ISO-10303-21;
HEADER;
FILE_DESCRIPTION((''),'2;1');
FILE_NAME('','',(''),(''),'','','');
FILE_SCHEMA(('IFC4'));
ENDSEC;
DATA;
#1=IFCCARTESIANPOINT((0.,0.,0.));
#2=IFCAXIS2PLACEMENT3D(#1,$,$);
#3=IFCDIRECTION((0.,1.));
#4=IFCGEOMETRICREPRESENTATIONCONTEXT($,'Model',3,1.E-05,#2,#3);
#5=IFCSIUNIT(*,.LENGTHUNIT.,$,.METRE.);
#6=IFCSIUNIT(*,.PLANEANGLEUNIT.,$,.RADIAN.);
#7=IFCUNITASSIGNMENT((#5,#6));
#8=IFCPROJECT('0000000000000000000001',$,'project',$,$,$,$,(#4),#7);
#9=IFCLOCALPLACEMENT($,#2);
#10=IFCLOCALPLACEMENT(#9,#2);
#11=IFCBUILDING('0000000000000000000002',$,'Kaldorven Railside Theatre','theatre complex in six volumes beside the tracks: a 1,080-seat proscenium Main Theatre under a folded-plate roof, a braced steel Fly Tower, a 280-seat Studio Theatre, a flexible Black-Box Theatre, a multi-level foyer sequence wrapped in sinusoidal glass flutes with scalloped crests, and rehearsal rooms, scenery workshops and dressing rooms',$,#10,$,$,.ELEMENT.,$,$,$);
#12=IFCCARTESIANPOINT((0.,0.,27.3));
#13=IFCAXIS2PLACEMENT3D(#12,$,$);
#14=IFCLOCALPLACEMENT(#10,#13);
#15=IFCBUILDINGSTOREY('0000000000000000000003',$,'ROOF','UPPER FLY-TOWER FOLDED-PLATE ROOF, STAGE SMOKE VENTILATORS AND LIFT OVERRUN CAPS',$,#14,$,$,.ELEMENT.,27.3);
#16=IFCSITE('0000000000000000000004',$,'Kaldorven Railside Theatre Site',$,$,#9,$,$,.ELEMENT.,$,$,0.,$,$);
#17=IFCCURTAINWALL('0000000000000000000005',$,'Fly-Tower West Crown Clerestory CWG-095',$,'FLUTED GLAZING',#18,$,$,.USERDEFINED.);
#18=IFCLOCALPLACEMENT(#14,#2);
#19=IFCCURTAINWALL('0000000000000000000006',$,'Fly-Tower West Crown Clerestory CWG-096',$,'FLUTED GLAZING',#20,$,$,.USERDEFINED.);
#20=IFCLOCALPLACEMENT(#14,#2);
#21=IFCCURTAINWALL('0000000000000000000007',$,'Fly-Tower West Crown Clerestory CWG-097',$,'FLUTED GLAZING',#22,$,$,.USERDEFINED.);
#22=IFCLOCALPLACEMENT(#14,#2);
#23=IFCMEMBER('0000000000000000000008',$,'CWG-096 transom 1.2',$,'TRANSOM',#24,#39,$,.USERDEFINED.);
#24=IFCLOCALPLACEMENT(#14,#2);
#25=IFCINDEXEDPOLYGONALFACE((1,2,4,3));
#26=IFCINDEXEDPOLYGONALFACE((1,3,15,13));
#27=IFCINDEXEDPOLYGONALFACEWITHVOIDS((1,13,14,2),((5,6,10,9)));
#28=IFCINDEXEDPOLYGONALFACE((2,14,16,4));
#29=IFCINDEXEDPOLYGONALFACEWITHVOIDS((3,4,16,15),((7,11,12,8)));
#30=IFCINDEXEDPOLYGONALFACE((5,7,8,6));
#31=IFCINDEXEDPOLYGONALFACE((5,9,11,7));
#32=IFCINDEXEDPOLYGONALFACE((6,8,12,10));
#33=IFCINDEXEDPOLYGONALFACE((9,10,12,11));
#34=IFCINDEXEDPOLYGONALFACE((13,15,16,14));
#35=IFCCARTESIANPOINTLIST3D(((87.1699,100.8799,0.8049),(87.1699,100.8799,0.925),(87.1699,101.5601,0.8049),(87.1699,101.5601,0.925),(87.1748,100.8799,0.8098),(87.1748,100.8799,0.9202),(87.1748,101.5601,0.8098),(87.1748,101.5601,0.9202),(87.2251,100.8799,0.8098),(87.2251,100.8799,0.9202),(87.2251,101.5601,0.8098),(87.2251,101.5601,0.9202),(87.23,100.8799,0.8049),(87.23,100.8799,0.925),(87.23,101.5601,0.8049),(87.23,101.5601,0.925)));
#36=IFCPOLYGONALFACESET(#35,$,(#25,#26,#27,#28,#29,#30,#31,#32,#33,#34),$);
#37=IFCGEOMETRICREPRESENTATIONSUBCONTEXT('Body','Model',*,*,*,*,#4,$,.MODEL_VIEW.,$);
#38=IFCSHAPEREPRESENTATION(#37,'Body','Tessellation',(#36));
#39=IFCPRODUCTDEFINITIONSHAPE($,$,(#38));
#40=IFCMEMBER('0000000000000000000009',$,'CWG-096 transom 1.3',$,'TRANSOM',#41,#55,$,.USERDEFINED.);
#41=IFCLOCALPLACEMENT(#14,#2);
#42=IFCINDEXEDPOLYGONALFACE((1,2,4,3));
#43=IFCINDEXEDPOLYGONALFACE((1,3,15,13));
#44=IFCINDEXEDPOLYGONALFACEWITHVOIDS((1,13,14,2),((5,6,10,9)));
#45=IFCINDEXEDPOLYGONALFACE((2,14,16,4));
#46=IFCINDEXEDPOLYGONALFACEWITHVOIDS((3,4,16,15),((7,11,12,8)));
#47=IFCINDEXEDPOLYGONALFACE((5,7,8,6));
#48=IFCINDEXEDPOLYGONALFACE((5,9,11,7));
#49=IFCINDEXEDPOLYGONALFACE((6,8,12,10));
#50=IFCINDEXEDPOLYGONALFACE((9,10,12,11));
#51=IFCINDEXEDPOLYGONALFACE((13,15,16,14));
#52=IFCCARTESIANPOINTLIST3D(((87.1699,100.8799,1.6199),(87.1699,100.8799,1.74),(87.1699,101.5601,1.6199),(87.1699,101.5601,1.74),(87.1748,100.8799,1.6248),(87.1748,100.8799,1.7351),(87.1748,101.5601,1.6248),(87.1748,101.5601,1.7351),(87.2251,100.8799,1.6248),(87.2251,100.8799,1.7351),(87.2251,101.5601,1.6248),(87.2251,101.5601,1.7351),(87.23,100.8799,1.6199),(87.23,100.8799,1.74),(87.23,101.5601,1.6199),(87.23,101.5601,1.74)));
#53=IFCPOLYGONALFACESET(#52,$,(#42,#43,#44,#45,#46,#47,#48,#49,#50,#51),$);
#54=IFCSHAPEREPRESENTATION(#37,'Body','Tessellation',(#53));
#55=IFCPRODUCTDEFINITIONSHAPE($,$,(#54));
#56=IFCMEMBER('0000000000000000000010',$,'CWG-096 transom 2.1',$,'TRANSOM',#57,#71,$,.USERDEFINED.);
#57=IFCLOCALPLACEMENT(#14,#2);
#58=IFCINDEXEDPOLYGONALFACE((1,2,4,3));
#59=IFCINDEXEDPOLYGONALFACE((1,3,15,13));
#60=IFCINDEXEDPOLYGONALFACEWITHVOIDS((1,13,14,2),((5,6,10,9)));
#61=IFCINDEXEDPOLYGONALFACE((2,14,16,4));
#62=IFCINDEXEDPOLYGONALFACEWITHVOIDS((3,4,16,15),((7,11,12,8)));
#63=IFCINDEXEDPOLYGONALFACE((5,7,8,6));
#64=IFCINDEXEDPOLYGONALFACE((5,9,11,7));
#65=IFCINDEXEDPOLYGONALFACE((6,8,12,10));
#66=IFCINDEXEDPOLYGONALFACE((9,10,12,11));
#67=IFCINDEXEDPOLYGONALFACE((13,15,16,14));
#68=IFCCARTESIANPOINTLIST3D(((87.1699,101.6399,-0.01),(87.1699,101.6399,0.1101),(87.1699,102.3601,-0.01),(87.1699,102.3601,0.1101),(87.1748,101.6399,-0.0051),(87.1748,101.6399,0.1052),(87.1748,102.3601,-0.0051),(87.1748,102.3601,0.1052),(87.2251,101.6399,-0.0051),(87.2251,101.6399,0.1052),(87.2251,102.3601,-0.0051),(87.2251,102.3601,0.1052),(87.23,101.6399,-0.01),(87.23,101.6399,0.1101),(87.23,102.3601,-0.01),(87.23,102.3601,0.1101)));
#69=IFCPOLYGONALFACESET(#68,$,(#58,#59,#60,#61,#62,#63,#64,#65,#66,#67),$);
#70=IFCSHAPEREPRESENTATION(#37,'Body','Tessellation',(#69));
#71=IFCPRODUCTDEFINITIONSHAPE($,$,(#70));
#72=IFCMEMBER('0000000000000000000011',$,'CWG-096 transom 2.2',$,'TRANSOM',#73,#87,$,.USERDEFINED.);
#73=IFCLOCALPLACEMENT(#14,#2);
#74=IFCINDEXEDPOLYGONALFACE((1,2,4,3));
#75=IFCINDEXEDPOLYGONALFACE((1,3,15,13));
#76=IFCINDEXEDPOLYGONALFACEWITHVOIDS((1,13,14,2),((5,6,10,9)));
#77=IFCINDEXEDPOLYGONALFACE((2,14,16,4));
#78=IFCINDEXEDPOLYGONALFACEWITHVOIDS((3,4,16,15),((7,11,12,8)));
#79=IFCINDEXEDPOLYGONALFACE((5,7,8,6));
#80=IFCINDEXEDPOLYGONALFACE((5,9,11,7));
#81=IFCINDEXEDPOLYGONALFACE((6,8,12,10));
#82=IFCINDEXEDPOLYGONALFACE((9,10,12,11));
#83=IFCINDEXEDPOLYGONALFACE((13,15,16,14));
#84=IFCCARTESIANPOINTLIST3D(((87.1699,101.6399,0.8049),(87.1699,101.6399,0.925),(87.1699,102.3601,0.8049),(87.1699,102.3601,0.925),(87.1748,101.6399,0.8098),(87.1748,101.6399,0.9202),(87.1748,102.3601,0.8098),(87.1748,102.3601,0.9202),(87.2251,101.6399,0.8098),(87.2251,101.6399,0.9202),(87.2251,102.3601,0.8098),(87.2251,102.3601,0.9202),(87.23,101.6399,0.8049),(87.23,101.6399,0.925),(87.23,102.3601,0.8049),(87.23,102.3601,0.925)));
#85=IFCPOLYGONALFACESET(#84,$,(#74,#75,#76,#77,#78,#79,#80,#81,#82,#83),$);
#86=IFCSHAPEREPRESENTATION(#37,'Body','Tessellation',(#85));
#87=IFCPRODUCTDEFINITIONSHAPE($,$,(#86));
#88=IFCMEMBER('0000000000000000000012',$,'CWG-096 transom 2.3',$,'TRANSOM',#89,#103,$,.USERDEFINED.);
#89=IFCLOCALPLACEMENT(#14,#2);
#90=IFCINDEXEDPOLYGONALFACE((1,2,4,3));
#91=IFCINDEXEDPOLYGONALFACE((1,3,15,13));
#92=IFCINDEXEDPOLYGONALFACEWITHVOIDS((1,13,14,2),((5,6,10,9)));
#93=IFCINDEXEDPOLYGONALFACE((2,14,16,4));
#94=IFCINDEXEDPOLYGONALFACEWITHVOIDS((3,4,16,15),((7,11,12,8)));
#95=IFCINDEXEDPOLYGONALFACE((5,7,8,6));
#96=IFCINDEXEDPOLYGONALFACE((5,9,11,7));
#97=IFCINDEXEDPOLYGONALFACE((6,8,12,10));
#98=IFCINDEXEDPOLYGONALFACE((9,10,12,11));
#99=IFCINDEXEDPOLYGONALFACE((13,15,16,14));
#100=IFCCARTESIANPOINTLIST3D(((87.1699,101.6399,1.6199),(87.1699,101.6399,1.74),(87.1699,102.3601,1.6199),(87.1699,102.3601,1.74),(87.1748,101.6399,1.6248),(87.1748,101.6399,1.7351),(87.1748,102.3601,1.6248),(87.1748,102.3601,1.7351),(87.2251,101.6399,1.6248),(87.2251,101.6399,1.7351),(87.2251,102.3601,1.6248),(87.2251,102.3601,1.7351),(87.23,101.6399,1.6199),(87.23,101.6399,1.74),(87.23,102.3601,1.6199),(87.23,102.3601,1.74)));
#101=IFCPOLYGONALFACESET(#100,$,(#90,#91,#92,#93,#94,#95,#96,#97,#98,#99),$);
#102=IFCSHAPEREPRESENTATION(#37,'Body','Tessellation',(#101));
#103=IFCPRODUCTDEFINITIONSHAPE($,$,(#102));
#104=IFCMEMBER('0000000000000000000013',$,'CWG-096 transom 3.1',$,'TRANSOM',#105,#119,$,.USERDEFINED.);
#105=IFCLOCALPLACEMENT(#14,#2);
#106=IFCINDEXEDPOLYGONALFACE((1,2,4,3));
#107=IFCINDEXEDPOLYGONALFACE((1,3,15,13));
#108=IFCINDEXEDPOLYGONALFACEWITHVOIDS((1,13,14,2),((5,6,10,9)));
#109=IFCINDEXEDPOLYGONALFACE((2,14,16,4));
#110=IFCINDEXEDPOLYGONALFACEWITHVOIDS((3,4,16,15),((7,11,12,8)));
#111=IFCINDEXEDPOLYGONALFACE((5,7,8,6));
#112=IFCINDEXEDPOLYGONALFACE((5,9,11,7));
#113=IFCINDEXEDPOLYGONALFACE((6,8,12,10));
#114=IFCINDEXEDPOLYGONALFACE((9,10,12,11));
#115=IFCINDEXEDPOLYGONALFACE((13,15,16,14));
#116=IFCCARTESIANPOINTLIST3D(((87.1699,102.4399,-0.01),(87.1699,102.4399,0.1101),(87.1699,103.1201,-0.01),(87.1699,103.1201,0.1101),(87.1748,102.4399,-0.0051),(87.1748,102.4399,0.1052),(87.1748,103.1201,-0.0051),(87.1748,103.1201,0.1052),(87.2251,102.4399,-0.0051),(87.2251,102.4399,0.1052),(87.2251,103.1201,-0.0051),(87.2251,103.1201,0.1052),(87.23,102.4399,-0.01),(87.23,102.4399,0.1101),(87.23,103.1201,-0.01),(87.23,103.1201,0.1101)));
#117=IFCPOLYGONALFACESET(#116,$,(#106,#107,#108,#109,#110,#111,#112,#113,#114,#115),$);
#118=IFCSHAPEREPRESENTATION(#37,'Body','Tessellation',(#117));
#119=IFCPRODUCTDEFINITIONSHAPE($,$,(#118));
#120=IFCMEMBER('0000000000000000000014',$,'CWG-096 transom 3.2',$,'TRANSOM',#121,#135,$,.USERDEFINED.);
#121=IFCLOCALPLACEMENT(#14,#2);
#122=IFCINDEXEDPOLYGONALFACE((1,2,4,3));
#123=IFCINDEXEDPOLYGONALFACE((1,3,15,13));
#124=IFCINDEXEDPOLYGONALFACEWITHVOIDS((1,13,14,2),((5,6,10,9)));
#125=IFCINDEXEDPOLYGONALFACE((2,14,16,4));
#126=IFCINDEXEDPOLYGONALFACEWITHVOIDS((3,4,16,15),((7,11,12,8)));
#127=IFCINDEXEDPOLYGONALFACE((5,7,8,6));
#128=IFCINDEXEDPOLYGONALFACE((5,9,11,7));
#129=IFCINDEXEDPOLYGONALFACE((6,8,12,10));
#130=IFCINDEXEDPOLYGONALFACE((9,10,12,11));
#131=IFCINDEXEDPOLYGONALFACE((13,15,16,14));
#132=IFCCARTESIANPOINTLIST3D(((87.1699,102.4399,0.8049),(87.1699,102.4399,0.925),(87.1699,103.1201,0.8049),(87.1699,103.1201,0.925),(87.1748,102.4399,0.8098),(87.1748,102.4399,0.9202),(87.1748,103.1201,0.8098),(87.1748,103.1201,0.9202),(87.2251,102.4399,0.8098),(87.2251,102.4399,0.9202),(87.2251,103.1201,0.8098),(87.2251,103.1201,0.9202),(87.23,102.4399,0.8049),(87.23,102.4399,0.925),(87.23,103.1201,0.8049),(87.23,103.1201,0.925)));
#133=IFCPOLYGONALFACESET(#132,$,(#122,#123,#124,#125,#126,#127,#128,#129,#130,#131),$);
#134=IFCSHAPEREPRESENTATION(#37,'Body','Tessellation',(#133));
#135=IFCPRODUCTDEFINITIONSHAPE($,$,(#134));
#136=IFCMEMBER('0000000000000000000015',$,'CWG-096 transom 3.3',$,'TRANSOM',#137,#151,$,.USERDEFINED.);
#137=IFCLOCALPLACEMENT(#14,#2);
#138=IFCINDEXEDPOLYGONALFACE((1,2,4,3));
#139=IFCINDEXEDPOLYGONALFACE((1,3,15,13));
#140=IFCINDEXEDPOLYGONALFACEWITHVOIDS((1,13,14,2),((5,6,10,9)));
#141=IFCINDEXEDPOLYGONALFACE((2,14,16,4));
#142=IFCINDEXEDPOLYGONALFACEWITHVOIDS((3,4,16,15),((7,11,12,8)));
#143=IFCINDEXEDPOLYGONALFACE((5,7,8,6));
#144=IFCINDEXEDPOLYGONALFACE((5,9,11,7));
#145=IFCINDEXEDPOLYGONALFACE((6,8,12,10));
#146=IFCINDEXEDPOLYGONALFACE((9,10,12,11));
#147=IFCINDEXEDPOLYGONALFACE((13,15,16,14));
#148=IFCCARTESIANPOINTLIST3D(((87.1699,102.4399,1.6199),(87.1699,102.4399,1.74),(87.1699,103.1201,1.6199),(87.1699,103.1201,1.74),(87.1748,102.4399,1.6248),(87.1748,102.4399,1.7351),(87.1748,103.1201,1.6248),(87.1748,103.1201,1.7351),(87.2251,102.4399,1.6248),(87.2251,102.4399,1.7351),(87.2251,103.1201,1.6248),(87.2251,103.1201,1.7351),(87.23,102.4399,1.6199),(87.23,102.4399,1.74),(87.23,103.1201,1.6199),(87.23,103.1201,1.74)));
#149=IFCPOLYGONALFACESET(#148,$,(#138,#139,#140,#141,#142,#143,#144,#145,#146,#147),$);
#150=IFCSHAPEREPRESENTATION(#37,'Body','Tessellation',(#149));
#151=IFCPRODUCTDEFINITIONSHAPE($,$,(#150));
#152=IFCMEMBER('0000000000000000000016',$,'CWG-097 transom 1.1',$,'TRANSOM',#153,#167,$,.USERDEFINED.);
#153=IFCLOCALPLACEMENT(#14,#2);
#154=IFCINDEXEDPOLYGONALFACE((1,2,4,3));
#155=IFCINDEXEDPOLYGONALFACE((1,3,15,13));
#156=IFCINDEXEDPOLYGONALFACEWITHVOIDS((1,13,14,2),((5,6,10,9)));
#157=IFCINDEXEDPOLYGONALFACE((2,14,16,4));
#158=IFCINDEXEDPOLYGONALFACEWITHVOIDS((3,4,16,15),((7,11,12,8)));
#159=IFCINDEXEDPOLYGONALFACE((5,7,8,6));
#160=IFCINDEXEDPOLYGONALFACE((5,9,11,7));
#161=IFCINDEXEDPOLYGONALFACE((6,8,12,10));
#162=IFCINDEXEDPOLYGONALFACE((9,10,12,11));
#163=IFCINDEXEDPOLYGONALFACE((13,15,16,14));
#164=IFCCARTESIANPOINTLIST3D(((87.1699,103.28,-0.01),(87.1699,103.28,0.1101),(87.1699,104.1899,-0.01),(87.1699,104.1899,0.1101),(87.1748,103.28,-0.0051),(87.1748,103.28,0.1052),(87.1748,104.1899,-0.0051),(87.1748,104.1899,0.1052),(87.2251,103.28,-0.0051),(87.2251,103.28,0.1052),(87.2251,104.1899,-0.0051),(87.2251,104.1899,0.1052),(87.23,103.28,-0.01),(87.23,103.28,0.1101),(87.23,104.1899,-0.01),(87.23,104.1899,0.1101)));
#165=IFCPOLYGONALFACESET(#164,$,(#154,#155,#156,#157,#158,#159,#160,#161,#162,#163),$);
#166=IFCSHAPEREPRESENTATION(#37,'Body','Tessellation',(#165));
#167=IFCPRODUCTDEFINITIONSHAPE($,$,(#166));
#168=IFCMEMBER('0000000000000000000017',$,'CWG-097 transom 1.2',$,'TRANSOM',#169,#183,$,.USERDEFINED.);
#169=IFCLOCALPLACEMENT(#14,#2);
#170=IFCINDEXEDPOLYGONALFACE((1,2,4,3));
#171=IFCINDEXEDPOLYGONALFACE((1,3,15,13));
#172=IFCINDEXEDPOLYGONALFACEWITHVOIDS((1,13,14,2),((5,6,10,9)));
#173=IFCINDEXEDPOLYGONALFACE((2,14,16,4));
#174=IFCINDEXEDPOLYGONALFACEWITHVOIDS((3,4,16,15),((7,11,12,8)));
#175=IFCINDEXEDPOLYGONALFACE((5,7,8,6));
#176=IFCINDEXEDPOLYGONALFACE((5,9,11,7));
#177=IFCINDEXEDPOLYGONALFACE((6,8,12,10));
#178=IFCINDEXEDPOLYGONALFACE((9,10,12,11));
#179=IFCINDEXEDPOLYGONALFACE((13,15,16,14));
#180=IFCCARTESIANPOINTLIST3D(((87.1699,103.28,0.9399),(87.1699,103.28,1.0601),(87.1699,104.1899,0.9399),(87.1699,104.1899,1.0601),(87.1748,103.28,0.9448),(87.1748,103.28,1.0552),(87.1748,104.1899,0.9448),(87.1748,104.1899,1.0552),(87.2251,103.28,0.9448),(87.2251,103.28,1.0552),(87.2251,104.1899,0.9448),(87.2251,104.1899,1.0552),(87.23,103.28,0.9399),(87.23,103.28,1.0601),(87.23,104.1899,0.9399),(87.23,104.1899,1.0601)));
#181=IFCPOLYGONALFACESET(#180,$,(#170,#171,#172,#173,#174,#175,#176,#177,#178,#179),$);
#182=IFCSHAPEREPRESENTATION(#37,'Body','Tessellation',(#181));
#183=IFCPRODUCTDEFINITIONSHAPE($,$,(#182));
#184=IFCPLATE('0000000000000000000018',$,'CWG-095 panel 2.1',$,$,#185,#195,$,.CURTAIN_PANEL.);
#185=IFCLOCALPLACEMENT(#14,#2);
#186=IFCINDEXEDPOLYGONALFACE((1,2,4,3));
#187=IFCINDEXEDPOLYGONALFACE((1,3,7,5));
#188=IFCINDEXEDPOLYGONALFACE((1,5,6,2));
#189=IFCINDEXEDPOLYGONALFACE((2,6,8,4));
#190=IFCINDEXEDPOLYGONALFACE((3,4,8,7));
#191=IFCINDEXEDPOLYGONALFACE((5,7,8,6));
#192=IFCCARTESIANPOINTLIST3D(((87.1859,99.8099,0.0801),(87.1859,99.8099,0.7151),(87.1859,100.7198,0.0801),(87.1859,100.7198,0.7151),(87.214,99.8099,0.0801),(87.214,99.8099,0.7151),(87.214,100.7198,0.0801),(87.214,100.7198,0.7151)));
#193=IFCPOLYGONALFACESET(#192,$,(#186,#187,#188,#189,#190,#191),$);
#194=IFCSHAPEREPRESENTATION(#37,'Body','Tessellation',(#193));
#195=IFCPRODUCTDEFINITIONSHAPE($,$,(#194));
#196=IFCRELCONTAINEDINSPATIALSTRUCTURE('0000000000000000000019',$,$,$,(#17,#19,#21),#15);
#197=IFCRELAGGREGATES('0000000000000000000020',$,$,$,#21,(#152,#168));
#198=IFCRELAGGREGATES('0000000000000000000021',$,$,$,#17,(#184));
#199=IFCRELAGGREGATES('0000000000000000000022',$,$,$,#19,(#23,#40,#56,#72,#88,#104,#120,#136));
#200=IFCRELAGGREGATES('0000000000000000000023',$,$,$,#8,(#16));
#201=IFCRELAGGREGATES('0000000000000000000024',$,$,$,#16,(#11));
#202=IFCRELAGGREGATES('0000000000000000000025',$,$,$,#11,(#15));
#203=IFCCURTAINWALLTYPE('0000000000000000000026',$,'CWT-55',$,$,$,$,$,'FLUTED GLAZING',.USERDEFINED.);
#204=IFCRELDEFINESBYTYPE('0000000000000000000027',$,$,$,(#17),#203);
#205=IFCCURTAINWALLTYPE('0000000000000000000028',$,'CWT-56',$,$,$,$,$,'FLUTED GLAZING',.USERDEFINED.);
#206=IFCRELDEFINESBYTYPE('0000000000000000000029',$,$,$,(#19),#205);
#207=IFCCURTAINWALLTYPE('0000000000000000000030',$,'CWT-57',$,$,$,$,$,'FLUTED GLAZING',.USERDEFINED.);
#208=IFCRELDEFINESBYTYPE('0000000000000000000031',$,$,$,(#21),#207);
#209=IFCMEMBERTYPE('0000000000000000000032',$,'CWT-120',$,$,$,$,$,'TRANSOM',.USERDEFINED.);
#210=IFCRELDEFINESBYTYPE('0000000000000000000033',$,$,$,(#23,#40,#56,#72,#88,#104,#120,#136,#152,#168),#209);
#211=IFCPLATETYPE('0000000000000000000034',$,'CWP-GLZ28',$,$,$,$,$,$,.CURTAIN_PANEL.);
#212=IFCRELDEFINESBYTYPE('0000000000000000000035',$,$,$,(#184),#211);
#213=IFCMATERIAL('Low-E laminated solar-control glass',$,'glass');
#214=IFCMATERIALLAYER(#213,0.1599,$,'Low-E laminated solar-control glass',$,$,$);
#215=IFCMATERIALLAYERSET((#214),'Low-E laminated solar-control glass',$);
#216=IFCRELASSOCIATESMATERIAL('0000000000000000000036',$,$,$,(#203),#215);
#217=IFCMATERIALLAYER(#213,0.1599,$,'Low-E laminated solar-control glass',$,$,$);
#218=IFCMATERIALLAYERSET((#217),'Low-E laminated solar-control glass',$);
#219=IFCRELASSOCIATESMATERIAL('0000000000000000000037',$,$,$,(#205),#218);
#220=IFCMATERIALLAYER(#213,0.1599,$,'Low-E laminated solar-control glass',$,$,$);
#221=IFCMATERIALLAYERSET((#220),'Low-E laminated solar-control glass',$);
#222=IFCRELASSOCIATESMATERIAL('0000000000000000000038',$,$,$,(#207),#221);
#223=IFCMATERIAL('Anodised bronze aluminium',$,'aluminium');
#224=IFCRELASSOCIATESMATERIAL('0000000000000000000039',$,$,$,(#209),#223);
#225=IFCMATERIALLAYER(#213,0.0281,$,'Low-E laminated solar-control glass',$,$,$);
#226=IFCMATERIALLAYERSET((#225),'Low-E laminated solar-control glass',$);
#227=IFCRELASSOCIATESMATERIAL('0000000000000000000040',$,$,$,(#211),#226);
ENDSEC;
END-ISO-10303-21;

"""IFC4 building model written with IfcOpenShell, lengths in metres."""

from ifc_helpers import new_model, si_unit, direction, frame, origin, origin_2d, place, context, subcontext, project, spatial, rectangle, hollow_rectangle, extrude, material, layer, layer_set, material_profile, profile_set, type_object, element, aggregate, save


model = new_model("IFC4")

# Units and contexts
model_context = context("Model", 3, precision=1e-05, world=origin(), true_north=direction((0.0, 1.0)))
body_context = subcontext(model_context, "Body", "Model", "MODEL_VIEW")
ifc_project = project(units=[si_unit("LENGTHUNIT", "METRE"), si_unit("PLANEANGLEUNIT", "RADIAN")], contexts=[model_context])

# Site, building, storey
site_placement = place(None, origin())
site = spatial("IfcSite", under=ifc_project, at=site_placement, Name="Kaldorven Railside Theatre Site", CompositionType="ELEMENT", RefElevation=0.0)
building_placement = place(site_placement, origin())
building = spatial("IfcBuilding", under=site, at=building_placement, Name="Kaldorven Railside Theatre", Description="theatre complex in six volumes beside the tracks: a 1,080-seat proscenium Main Theatre under a folded-plate roof, a braced steel Fly Tower, a 280-seat Studio Theatre, a flexible Black-Box Theatre, a multi-level foyer sequence wrapped in sinusoidal glass flutes with scalloped crests, and rehearsal rooms, scenery workshops and dressing rooms", CompositionType="ELEMENT")
storey_placement = place(building_placement, frame((0.0, 0.0, 27.3)))
storey = spatial("IfcBuildingStorey", under=building, at=storey_placement, Name="ROOF", Description="UPPER FLY-TOWER FOLDED-PLATE ROOF, STAGE SMOKE VENTILATORS AND LIFT OVERRUN CAPS", CompositionType="ELEMENT", Elevation=27.3)

# Curtain walls
ifc_material_1 = material(Name="Low-E laminated solar-control glass", Category="glass")
ifc_layer_1 = layer(ifc_material_1, 0.1599, Name="Low-E laminated solar-control glass")
ifc_layer_set_1 = layer_set([ifc_layer_1], Name="Low-E laminated solar-control glass")
curtain_wall_type_1 = type_object("IfcCurtainWallType", Name="CWT-55", ElementType="FLUTED GLAZING", PredefinedType="USERDEFINED", material=ifc_layer_set_1)
curtain_wall_1_placement = place(storey_placement, origin())
curtain_wall_1 = element("IfcCurtainWall", 1, at=curtain_wall_1_placement, inside=storey, type_object=curtain_wall_type_1, Name="Fly-Tower West Crown Clerestory CWG-095", ObjectType="FLUTED GLAZING", PredefinedType="USERDEFINED")
ifc_material_2 = material(Name="Anodised bronze aluminium", Category="aluminium")
ifc_layer_2 = layer(ifc_material_1, 0.1599, Name="Low-E laminated solar-control glass")
ifc_layer_set_2 = layer_set([ifc_layer_2], Name="Low-E laminated solar-control glass")
curtain_wall_type_2 = type_object("IfcCurtainWallType", Name="CWT-56", ElementType="FLUTED GLAZING", PredefinedType="USERDEFINED", material=ifc_layer_set_2)
curtain_wall_2_placement = place(storey_placement, origin())
curtain_wall_2 = element("IfcCurtainWall", 2, at=curtain_wall_2_placement, inside=storey, type_object=curtain_wall_type_2, Name="Fly-Tower West Crown Clerestory CWG-096", ObjectType="FLUTED GLAZING", PredefinedType="USERDEFINED")

# Curtain wall
ifc_layer_3 = layer(ifc_material_1, 0.1599, Name="Low-E laminated solar-control glass")
ifc_layer_set_3 = layer_set([ifc_layer_3], Name="Low-E laminated solar-control glass")
curtain_wall_type_3 = type_object("IfcCurtainWallType", Name="CWT-57", ElementType="FLUTED GLAZING", PredefinedType="USERDEFINED", material=ifc_layer_set_3)
curtain_wall_3_placement = place(storey_placement, origin())
curtain_wall_3 = element("IfcCurtainWall", 3, at=curtain_wall_3_placement, inside=storey, type_object=curtain_wall_type_3, Name="Fly-Tower West Crown Clerestory CWG-097", ObjectType="FLUTED GLAZING", PredefinedType="USERDEFINED")

# Members
ifc_material_profile_1 = material_profile(ifc_material_2, hollow_rectangle(XDim=0.0601, YDim=0.1201, WallThickness=0.0049, at=origin_2d()), Name="RHS 120x60x5")
ifc_profile_set_1 = profile_set([ifc_material_profile_1], Name="Anodised bronze aluminium")
member_type_1 = type_object("IfcMemberType", Name="CWT-120", ElementType="TRANSOM", PredefinedType="USERDEFINED", material=ifc_profile_set_1)
member_1_placement = place(storey_placement, frame((87.2, 100.8799, 0.865), z_axis=(0.0, 1.0, 0.0), x_axis=(-1.0, 0.0, 0.0)))
member_1 = element("IfcMember", 4, at=member_1_placement, type_object=member_type_1, Name="CWG-096 transom 1.2", ObjectType="TRANSOM", PredefinedType="USERDEFINED", context=body_context, shape_type="SweptSolid", body=[
    extrude(hollow_rectangle(XDim=0.0601, YDim=0.1201, WallThickness=0.0049, at=origin_2d()), origin(), (0.0, 0.0, 1.0), 0.6802),
])
member_2_placement = place(storey_placement, frame((87.2, 100.8799, 1.6799), z_axis=(0.0, 1.0, 0.0), x_axis=(-1.0, 0.0, 0.0)))
member_2 = element("IfcMember", 5, at=member_2_placement, type_object=member_type_1, Name="CWG-096 transom 1.3", ObjectType="TRANSOM", PredefinedType="USERDEFINED", context=body_context, shape_type="SweptSolid", body=[
    extrude(hollow_rectangle(XDim=0.0601, YDim=0.1201, WallThickness=0.0049, at=origin_2d()), origin(), (0.0, 0.0, 1.0), 0.6802),
])
member_3_placement = place(storey_placement, frame((87.2, 101.6399, 0.05), z_axis=(0.0, 1.0, 0.0), x_axis=(-1.0, 0.0, 0.0)))
member_3 = element("IfcMember", 6, at=member_3_placement, type_object=member_type_1, Name="CWG-096 transom 2.1", ObjectType="TRANSOM", PredefinedType="USERDEFINED", context=body_context, shape_type="SweptSolid", body=[
    extrude(hollow_rectangle(XDim=0.0601, YDim=0.1201, WallThickness=0.0049, at=origin_2d()), origin(), (0.0, 0.0, 1.0), 0.7202),
])
member_4_placement = place(storey_placement, frame((87.2, 101.6399, 0.865), z_axis=(0.0, 1.0, 0.0), x_axis=(-1.0, 0.0, 0.0)))
member_4 = element("IfcMember", 7, at=member_4_placement, type_object=member_type_1, Name="CWG-096 transom 2.2", ObjectType="TRANSOM", PredefinedType="USERDEFINED", context=body_context, shape_type="SweptSolid", body=[
    extrude(hollow_rectangle(XDim=0.0601, YDim=0.1201, WallThickness=0.0049, at=origin_2d()), origin(), (0.0, 0.0, 1.0), 0.7202),
])
member_5_placement = place(storey_placement, frame((87.2, 101.6399, 1.6799), z_axis=(0.0, 1.0, 0.0), x_axis=(-1.0, 0.0, 0.0)))
member_5 = element("IfcMember", 8, at=member_5_placement, type_object=member_type_1, Name="CWG-096 transom 2.3", ObjectType="TRANSOM", PredefinedType="USERDEFINED", context=body_context, shape_type="SweptSolid", body=[
    extrude(hollow_rectangle(XDim=0.0601, YDim=0.1201, WallThickness=0.0049, at=origin_2d()), origin(), (0.0, 0.0, 1.0), 0.7202),
])
member_6_placement = place(storey_placement, frame((87.2, 102.4399, 0.05), z_axis=(0.0, 1.0, 0.0), x_axis=(-1.0, 0.0, 0.0)))
member_6 = element("IfcMember", 9, at=member_6_placement, type_object=member_type_1, Name="CWG-096 transom 3.1", ObjectType="TRANSOM", PredefinedType="USERDEFINED", context=body_context, shape_type="SweptSolid", body=[
    extrude(hollow_rectangle(XDim=0.0601, YDim=0.1201, WallThickness=0.0049, at=origin_2d()), origin(), (0.0, 0.0, 1.0), 0.6802),
])
member_7_placement = place(storey_placement, frame((87.2, 102.4399, 0.865), z_axis=(0.0, 1.0, 0.0), x_axis=(-1.0, 0.0, 0.0)))
member_7 = element("IfcMember", 10, at=member_7_placement, type_object=member_type_1, Name="CWG-096 transom 3.2", ObjectType="TRANSOM", PredefinedType="USERDEFINED", context=body_context, shape_type="SweptSolid", body=[
    extrude(hollow_rectangle(XDim=0.0601, YDim=0.1201, WallThickness=0.0049, at=origin_2d()), origin(), (0.0, 0.0, 1.0), 0.6802),
])
member_8_placement = place(storey_placement, frame((87.2, 102.4399, 1.6799), z_axis=(0.0, 1.0, 0.0), x_axis=(-1.0, 0.0, 0.0)))
member_8 = element("IfcMember", 11, at=member_8_placement, type_object=member_type_1, Name="CWG-096 transom 3.3", ObjectType="TRANSOM", PredefinedType="USERDEFINED", context=body_context, shape_type="SweptSolid", body=[
    extrude(hollow_rectangle(XDim=0.0601, YDim=0.1201, WallThickness=0.0049, at=origin_2d()), origin(), (0.0, 0.0, 1.0), 0.6802),
])
member_9_placement = place(storey_placement, frame((87.2, 103.28, 0.05), z_axis=(0.0, 1.0, 0.0), x_axis=(-1.0, 0.0, 0.0)))
member_9 = element("IfcMember", 12, at=member_9_placement, type_object=member_type_1, Name="CWG-097 transom 1.1", ObjectType="TRANSOM", PredefinedType="USERDEFINED", context=body_context, shape_type="SweptSolid", body=[
    extrude(hollow_rectangle(XDim=0.0601, YDim=0.1201, WallThickness=0.0049, at=origin_2d()), origin(), (0.0, 0.0, 1.0), 0.9099),
])
member_10_placement = place(storey_placement, frame((87.2, 103.28, 1.0), z_axis=(0.0, 1.0, 0.0), x_axis=(-1.0, 0.0, 0.0)))
member_10 = element("IfcMember", 13, at=member_10_placement, type_object=member_type_1, Name="CWG-097 transom 1.2", ObjectType="TRANSOM", PredefinedType="USERDEFINED", context=body_context, shape_type="SweptSolid", body=[
    extrude(hollow_rectangle(XDim=0.0601, YDim=0.1201, WallThickness=0.0049, at=origin_2d()), origin(), (0.0, 0.0, 1.0), 0.9099),
])
aggregate(curtain_wall_3, [member_9, member_10])

# Plate
ifc_layer_4 = layer(ifc_material_1, 0.0281, Name="Low-E laminated solar-control glass")
ifc_layer_set_4 = layer_set([ifc_layer_4], Name="Low-E laminated solar-control glass")
plate_type = type_object("IfcPlateType", Name="CWP-GLZ28", PredefinedType="CURTAIN_PANEL", material=ifc_layer_set_4)
plate_1_placement = place(storey_placement, frame((87.2, 100.2649, 0.0801), z_axis=(0.0, 0.0, 1.0), x_axis=(0.0, 1.0, 0.0)))
plate_1 = element("IfcPlate", 14, at=plate_1_placement, type_object=plate_type, Name="CWG-095 panel 2.1", PredefinedType="CURTAIN_PANEL", context=body_context, shape_type="SweptSolid", body=[
    extrude(rectangle(XDim=0.9099, YDim=0.0281, at=origin_2d()), origin(), (0.0, 0.0, 1.0), 0.635),
])
aggregate(curtain_wall_1, [plate_1])
aggregate(curtain_wall_2, [member_1, member_2, member_3, member_4, member_5, member_6, member_7, member_8])

save(model, "model.ifc")
